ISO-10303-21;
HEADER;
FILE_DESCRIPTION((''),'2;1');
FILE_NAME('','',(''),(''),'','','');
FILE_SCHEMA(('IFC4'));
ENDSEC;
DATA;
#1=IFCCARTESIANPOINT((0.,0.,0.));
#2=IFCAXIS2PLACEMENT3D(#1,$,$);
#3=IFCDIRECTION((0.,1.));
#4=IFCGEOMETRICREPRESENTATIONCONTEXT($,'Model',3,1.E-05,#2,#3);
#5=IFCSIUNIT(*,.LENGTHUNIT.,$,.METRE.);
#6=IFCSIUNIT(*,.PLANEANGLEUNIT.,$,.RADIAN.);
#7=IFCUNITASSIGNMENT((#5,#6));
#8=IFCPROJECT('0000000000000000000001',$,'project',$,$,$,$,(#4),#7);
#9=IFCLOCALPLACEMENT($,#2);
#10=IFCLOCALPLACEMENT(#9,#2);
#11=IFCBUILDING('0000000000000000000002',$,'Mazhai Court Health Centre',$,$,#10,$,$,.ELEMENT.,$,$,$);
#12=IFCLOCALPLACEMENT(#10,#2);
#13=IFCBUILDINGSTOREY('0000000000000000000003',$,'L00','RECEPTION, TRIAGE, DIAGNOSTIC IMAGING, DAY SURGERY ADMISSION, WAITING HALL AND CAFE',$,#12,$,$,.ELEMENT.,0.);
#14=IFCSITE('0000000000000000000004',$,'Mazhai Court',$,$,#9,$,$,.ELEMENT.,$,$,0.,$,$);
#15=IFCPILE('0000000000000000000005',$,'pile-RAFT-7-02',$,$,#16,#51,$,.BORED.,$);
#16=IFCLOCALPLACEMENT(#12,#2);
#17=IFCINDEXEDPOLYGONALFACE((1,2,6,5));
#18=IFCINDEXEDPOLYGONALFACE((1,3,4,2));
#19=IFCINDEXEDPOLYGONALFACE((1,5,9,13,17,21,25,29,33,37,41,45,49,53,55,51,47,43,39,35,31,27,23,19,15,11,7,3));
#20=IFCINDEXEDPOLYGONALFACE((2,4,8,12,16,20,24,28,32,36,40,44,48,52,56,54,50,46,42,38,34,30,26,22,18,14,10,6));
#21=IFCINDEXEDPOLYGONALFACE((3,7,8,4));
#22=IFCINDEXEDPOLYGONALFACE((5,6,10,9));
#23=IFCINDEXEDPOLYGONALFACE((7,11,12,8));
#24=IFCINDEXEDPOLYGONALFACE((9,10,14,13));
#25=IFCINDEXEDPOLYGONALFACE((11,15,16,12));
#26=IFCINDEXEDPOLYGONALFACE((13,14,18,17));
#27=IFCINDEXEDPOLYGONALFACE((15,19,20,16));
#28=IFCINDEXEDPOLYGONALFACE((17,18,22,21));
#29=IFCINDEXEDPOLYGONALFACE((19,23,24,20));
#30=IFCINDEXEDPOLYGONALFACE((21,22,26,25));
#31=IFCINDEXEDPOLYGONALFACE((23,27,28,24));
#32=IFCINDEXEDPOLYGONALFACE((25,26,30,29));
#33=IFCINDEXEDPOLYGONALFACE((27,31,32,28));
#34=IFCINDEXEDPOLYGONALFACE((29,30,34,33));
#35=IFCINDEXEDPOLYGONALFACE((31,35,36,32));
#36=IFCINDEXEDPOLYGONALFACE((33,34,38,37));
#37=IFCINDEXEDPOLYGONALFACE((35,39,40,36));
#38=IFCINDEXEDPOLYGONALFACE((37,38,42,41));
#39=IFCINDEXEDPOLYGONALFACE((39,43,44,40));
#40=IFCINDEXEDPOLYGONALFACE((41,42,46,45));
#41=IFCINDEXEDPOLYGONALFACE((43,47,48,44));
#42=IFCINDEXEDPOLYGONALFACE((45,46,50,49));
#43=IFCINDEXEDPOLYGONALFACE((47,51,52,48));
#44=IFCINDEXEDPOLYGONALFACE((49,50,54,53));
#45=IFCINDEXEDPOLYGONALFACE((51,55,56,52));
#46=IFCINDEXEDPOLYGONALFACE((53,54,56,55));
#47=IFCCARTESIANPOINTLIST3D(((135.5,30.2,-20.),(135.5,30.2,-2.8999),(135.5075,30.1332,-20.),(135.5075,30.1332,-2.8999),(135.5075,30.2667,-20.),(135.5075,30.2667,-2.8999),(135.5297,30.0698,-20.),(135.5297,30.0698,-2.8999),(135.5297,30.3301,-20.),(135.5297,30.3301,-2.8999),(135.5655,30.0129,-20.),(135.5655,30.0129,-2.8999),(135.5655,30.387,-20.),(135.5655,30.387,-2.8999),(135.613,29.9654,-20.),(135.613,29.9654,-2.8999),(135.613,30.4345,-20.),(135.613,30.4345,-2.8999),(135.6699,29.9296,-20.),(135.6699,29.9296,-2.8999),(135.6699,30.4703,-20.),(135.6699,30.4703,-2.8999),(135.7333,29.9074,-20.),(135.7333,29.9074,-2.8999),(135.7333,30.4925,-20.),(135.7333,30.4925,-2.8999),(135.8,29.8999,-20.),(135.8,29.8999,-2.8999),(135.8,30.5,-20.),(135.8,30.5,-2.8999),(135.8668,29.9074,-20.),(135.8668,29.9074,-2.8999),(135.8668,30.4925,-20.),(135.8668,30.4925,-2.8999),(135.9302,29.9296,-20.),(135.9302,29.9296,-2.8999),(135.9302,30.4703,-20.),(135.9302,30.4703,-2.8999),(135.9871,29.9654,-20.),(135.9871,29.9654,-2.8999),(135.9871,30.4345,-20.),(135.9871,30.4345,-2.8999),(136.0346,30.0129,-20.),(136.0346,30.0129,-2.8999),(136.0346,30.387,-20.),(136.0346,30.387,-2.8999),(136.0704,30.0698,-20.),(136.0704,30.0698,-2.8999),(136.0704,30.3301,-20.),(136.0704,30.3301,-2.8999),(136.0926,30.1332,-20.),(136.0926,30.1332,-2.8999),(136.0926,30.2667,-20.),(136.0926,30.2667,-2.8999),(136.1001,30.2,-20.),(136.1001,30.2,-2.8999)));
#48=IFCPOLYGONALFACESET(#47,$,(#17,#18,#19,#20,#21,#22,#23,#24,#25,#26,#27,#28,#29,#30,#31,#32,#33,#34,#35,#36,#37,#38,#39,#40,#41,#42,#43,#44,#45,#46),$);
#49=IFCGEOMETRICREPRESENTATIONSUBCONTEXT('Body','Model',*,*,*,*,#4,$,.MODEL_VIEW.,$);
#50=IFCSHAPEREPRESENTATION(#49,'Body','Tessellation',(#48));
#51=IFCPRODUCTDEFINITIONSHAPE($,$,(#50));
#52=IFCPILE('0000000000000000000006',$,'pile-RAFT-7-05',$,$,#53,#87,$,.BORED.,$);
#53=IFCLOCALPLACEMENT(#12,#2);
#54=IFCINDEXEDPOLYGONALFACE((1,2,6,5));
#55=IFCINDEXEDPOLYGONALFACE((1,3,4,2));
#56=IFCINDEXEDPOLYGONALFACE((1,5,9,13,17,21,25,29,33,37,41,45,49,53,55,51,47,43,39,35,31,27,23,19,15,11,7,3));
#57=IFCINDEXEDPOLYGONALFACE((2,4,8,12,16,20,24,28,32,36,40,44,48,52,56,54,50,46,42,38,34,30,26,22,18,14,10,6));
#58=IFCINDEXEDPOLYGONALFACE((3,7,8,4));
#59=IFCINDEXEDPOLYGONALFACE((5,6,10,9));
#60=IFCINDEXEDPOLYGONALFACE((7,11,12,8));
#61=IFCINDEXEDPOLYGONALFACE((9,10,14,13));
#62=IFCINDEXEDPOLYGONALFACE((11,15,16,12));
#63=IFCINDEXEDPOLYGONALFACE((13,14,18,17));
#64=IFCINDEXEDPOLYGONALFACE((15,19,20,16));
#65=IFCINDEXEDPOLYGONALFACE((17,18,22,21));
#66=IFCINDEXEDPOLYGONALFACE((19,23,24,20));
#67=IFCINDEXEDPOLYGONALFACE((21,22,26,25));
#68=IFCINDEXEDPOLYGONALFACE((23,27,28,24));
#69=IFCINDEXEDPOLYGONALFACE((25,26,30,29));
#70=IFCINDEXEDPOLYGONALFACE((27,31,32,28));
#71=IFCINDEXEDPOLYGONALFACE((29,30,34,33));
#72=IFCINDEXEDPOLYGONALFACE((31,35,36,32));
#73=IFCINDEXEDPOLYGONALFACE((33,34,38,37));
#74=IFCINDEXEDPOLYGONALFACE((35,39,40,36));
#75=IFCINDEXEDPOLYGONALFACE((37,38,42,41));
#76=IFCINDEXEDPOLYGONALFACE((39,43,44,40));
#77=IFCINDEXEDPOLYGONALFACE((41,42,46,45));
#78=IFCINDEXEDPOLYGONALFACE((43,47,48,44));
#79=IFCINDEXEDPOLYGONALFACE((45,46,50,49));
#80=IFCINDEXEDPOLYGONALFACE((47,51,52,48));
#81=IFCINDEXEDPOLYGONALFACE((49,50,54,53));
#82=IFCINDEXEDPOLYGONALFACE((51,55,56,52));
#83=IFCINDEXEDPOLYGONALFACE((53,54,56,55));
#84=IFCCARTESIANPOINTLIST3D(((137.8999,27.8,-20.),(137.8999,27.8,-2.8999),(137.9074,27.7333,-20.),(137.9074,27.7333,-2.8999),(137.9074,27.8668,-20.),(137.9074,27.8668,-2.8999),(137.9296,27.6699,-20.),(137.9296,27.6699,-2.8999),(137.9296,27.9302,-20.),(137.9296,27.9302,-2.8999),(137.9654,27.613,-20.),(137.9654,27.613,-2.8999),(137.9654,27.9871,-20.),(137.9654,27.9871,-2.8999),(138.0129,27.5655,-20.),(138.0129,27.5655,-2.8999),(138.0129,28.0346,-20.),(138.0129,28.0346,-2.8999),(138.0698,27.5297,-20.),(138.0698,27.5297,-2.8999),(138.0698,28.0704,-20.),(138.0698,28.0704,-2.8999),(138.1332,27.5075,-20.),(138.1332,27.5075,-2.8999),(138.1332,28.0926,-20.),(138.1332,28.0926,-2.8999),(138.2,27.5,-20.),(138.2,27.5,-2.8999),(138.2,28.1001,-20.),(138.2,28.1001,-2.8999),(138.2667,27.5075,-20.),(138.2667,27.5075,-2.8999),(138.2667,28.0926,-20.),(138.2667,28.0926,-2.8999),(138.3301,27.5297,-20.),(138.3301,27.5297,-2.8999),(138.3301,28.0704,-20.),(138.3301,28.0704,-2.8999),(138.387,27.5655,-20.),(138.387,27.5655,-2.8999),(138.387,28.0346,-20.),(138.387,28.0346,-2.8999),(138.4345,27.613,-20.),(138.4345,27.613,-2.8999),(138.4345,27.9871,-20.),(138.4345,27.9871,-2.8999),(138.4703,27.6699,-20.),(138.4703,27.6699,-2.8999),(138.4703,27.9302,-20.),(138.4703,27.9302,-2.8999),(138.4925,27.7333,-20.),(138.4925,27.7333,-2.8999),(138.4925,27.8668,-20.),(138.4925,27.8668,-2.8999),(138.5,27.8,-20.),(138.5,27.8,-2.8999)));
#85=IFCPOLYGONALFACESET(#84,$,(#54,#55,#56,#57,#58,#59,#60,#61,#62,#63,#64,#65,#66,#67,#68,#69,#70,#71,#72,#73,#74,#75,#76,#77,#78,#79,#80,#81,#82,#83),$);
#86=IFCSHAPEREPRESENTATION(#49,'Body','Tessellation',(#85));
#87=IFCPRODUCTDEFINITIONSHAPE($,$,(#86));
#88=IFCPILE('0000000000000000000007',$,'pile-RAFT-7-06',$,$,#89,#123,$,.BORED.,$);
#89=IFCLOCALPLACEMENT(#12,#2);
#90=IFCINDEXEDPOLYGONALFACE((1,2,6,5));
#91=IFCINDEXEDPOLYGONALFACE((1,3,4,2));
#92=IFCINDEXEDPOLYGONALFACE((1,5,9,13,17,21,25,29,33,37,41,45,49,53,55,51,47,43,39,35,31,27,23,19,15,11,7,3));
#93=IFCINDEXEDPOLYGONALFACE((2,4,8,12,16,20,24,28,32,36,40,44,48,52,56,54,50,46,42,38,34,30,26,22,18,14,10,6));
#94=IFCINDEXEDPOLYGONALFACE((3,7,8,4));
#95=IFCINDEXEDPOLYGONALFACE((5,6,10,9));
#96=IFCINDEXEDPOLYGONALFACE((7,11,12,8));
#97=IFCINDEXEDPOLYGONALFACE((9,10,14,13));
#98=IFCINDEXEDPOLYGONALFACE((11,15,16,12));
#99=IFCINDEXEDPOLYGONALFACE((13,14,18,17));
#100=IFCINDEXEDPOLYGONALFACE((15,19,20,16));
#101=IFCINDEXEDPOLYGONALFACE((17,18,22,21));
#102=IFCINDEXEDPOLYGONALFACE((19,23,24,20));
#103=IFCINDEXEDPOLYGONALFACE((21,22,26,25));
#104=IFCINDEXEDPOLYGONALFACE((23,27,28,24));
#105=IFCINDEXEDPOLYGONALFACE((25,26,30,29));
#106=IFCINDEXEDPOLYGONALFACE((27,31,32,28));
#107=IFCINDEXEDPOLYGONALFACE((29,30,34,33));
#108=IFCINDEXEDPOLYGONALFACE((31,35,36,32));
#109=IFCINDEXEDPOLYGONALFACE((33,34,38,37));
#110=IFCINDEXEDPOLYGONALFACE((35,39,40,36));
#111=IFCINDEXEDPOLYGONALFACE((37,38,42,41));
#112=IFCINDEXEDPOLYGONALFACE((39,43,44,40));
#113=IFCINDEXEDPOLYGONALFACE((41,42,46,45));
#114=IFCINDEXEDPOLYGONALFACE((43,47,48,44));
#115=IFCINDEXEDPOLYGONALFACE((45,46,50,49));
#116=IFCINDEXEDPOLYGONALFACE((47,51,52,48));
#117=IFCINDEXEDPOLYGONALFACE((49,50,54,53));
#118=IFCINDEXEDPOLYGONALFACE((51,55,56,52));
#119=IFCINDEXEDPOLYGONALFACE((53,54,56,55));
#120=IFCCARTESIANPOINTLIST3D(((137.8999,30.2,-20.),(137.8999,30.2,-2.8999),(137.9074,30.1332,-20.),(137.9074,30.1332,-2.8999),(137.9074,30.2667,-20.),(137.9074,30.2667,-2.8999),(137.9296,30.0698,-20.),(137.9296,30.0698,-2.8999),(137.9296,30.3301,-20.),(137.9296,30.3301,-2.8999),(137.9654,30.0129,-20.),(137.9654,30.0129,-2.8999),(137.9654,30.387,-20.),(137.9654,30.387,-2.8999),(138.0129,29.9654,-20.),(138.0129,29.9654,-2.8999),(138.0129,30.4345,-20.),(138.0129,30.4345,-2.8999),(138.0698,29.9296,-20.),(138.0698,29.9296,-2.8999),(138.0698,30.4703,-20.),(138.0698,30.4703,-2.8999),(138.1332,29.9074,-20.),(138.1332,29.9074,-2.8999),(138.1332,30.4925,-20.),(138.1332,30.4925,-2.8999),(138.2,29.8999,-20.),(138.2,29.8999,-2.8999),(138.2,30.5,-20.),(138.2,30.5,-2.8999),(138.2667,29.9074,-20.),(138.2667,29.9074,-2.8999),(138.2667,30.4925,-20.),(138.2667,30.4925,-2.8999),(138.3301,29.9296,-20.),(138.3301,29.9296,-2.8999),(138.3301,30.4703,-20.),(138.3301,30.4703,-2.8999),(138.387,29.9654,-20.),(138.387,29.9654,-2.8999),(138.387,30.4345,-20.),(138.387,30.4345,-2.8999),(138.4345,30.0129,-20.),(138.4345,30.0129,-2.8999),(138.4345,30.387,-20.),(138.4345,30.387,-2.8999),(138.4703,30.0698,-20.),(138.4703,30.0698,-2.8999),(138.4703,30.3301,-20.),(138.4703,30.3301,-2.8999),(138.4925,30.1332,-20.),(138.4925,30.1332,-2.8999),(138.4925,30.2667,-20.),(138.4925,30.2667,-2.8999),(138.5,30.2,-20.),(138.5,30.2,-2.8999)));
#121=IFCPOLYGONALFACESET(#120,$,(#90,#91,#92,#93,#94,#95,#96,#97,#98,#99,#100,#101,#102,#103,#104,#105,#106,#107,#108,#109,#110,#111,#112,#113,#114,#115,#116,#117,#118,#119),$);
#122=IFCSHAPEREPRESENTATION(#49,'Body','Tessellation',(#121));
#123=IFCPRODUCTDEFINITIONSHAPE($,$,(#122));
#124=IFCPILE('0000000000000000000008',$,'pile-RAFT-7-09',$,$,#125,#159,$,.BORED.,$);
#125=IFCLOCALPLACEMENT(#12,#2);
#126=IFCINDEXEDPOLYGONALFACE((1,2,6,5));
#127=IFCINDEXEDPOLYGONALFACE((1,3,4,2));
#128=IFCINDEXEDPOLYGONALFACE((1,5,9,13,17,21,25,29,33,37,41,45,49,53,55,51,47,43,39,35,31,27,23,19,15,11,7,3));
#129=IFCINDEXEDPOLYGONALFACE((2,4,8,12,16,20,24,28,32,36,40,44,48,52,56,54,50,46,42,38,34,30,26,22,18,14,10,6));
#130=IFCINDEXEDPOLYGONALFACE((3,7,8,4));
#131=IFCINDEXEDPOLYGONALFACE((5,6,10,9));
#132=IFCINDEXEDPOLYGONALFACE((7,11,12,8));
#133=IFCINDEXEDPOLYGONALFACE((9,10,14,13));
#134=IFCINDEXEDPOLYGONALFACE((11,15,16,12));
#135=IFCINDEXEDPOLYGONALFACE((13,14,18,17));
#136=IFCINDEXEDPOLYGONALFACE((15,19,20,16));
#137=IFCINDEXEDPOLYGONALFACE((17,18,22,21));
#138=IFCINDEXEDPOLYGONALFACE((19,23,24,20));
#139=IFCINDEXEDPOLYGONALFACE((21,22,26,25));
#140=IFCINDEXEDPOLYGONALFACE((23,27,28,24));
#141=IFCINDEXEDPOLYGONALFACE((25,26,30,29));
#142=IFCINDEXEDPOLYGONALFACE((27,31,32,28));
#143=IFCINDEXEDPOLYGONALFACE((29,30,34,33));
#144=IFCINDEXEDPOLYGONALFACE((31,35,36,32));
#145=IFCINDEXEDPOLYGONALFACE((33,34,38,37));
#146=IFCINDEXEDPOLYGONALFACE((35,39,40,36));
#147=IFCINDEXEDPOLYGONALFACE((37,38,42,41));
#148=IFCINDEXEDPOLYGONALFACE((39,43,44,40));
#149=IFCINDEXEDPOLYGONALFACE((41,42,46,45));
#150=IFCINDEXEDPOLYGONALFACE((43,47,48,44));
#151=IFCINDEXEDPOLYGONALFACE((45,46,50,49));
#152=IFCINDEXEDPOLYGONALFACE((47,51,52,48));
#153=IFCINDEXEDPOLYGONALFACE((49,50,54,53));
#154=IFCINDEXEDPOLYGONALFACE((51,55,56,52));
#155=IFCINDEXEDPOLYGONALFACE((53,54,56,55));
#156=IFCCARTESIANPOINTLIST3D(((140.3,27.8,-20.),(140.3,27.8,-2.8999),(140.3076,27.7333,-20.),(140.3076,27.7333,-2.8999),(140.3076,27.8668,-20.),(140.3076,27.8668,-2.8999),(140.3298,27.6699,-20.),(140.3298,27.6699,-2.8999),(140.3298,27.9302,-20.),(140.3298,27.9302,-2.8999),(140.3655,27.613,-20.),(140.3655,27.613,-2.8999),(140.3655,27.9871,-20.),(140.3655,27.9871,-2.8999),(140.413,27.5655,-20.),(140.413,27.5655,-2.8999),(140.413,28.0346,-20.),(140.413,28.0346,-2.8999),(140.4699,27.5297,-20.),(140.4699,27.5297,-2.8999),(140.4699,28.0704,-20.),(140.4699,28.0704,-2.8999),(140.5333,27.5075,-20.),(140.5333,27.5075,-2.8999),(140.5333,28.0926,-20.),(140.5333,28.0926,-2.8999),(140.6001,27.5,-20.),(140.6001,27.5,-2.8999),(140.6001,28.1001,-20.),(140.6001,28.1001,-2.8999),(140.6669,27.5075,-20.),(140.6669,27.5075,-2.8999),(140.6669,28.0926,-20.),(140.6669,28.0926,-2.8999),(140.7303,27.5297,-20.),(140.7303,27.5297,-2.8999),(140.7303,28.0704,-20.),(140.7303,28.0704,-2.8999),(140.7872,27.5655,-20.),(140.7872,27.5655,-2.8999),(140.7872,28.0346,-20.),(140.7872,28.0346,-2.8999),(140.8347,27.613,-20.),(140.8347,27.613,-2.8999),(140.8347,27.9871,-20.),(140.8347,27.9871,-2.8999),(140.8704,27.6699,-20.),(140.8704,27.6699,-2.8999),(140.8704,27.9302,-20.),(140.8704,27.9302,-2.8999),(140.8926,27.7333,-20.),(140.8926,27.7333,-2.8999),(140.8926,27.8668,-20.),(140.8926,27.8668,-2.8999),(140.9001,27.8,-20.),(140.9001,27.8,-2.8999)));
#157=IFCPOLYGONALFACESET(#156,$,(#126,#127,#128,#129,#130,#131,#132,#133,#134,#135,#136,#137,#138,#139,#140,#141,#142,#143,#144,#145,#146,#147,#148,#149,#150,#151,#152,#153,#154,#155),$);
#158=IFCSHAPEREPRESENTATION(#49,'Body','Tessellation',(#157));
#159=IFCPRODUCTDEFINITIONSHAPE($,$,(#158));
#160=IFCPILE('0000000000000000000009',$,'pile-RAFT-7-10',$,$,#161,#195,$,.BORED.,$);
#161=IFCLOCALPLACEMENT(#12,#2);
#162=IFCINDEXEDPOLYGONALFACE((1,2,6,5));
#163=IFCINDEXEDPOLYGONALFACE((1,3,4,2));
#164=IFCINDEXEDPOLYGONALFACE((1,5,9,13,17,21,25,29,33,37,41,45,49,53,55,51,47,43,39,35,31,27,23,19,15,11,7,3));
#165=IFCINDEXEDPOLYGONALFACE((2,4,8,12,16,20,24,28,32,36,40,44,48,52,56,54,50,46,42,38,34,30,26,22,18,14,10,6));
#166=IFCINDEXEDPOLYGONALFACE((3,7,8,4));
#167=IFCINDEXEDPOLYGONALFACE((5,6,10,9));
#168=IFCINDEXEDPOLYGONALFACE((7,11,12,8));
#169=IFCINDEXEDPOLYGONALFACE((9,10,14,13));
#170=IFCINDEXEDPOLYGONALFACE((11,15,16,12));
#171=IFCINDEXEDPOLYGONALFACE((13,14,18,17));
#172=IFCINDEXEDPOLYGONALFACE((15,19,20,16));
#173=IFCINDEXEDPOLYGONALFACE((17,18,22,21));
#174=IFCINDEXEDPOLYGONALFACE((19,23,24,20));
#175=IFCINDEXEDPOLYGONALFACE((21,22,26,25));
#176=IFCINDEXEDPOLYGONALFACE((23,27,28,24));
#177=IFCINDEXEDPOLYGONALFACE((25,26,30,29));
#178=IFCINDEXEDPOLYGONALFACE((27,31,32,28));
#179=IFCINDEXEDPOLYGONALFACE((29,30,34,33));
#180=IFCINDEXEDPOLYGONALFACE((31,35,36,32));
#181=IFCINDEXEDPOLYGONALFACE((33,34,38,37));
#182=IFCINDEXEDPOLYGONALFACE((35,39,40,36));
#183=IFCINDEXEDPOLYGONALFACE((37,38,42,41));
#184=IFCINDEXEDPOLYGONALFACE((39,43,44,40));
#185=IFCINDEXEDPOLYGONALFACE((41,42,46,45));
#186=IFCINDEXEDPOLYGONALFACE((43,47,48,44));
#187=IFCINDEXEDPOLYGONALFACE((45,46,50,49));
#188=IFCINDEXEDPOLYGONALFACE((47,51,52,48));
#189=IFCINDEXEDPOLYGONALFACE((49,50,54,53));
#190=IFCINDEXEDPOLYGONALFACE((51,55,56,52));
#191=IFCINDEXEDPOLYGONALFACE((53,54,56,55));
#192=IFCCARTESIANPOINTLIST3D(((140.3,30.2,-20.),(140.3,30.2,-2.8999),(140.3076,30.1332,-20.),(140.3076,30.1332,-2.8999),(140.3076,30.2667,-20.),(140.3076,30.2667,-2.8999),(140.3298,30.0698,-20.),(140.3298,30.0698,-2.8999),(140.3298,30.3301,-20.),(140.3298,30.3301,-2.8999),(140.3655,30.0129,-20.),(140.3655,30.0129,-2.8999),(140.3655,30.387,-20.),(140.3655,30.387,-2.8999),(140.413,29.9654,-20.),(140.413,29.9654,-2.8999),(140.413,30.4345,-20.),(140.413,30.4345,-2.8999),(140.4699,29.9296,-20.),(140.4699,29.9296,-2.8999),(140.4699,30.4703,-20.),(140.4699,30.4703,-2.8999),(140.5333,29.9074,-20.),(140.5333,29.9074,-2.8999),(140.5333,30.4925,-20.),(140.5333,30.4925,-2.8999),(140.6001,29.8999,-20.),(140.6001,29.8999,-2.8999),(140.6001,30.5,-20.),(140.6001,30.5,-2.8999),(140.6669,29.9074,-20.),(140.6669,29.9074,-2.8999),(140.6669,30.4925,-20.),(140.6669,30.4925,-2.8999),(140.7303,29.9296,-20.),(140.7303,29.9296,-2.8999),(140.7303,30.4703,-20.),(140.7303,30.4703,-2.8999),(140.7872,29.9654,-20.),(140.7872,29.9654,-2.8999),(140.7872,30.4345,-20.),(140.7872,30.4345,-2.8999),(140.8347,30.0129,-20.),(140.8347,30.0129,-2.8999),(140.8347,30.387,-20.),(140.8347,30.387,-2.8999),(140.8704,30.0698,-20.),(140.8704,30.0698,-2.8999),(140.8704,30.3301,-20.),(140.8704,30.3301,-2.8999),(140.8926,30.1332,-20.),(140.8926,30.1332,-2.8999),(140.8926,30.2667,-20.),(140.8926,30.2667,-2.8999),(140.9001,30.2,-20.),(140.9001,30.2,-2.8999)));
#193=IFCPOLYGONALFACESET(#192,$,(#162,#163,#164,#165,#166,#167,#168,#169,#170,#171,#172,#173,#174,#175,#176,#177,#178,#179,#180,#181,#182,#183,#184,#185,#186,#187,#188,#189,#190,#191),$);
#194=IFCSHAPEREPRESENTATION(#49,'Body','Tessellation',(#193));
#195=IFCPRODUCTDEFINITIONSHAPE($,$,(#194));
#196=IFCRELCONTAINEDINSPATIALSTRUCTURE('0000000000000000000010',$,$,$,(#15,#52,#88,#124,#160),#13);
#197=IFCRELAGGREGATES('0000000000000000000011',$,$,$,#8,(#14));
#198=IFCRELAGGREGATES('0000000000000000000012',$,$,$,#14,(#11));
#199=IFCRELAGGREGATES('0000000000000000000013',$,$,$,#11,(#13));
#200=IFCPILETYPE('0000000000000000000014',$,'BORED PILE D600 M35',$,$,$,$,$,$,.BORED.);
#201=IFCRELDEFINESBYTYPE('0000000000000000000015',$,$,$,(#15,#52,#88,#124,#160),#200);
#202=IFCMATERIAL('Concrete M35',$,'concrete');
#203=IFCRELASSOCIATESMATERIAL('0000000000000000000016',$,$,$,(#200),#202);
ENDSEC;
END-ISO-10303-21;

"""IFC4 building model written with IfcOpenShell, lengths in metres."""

from ifc_helpers import new_model, si_unit, direction, frame, origin, origin_2d, place, context, subcontext, project, spatial, circle, extrude, material, material_profile, profile_set, type_object, element, save


model = new_model("IFC4")

# Units and contexts
model_context = context("Model", 3, precision=1e-05, world=origin(), true_north=direction((0.0, 1.0)))
body_context = subcontext(model_context, "Body", "Model", "MODEL_VIEW")
ifc_project = project(units=[si_unit("LENGTHUNIT", "METRE"), si_unit("PLANEANGLEUNIT", "RADIAN")], contexts=[model_context])

# Site, building, storey
site_placement = place(None, origin())
site = spatial("IfcSite", under=ifc_project, at=site_placement, Name="Mazhai Court", CompositionType="ELEMENT", RefElevation=0.0)
building_placement = place(site_placement, origin())
building = spatial("IfcBuilding", under=site, at=building_placement, Name="Mazhai Court Health Centre", CompositionType="ELEMENT")
storey_placement = place(building_placement, origin())
storey = spatial("IfcBuildingStorey", under=building, at=storey_placement, Name="L00", Description="RECEPTION, TRIAGE, DIAGNOSTIC IMAGING, DAY SURGERY ADMISSION, WAITING HALL AND CAFE", CompositionType="ELEMENT", Elevation=0.0)

# Piles
ifc_material_1 = material(Name="Concrete M35", Category="concrete")
ifc_material_profile_1 = material_profile(ifc_material_1, circle(Radius=0.3, at=origin_2d()), Name="RC PILE D600")
ifc_profile_set_1 = profile_set([ifc_material_profile_1], Name="Concrete M35")
pile_type = type_object("IfcPileType", Name="BORED PILE D600 M35", PredefinedType="BORED", material=ifc_profile_set_1)
for number, where, z_axis, x_axis, name in (
    (1, (135.8, 30.2, -2.8999), (0.0, 0.0, -1.0), (1.0, 0.0, 0.0), "pile-RAFT-7-02"),
    (2, (138.2, 27.8, -2.8999), (0.0, 0.0, -1.0), (1.0, 0.0, 0.0), "pile-RAFT-7-05"),
    (3, (138.2, 30.2, -2.8999), (0.0, 0.0, -1.0), (1.0, 0.0, 0.0), "pile-RAFT-7-06"),
    (4, (140.6001, 27.8, -2.8999), (0.0, 0.0, -1.0), (1.0, 0.0, 0.0), "pile-RAFT-7-09"),
    (5, (140.6001, 30.2, -2.8999), (0.0, 0.0, -1.0), (1.0, 0.0, 0.0), "pile-RAFT-7-10"),
):
    element("IfcPile", number, at=place(storey_placement, frame(where, z_axis=z_axis, x_axis=x_axis)), inside=storey, type_object=pile_type, Name=name, PredefinedType="BORED", context=body_context, shape_type="SweptSolid", body=[
        extrude(circle(Radius=0.3, at=origin_2d()), origin(), (0.0, 0.0, 1.0), 17.1001),
    ])

save(model, "model.ifc")
